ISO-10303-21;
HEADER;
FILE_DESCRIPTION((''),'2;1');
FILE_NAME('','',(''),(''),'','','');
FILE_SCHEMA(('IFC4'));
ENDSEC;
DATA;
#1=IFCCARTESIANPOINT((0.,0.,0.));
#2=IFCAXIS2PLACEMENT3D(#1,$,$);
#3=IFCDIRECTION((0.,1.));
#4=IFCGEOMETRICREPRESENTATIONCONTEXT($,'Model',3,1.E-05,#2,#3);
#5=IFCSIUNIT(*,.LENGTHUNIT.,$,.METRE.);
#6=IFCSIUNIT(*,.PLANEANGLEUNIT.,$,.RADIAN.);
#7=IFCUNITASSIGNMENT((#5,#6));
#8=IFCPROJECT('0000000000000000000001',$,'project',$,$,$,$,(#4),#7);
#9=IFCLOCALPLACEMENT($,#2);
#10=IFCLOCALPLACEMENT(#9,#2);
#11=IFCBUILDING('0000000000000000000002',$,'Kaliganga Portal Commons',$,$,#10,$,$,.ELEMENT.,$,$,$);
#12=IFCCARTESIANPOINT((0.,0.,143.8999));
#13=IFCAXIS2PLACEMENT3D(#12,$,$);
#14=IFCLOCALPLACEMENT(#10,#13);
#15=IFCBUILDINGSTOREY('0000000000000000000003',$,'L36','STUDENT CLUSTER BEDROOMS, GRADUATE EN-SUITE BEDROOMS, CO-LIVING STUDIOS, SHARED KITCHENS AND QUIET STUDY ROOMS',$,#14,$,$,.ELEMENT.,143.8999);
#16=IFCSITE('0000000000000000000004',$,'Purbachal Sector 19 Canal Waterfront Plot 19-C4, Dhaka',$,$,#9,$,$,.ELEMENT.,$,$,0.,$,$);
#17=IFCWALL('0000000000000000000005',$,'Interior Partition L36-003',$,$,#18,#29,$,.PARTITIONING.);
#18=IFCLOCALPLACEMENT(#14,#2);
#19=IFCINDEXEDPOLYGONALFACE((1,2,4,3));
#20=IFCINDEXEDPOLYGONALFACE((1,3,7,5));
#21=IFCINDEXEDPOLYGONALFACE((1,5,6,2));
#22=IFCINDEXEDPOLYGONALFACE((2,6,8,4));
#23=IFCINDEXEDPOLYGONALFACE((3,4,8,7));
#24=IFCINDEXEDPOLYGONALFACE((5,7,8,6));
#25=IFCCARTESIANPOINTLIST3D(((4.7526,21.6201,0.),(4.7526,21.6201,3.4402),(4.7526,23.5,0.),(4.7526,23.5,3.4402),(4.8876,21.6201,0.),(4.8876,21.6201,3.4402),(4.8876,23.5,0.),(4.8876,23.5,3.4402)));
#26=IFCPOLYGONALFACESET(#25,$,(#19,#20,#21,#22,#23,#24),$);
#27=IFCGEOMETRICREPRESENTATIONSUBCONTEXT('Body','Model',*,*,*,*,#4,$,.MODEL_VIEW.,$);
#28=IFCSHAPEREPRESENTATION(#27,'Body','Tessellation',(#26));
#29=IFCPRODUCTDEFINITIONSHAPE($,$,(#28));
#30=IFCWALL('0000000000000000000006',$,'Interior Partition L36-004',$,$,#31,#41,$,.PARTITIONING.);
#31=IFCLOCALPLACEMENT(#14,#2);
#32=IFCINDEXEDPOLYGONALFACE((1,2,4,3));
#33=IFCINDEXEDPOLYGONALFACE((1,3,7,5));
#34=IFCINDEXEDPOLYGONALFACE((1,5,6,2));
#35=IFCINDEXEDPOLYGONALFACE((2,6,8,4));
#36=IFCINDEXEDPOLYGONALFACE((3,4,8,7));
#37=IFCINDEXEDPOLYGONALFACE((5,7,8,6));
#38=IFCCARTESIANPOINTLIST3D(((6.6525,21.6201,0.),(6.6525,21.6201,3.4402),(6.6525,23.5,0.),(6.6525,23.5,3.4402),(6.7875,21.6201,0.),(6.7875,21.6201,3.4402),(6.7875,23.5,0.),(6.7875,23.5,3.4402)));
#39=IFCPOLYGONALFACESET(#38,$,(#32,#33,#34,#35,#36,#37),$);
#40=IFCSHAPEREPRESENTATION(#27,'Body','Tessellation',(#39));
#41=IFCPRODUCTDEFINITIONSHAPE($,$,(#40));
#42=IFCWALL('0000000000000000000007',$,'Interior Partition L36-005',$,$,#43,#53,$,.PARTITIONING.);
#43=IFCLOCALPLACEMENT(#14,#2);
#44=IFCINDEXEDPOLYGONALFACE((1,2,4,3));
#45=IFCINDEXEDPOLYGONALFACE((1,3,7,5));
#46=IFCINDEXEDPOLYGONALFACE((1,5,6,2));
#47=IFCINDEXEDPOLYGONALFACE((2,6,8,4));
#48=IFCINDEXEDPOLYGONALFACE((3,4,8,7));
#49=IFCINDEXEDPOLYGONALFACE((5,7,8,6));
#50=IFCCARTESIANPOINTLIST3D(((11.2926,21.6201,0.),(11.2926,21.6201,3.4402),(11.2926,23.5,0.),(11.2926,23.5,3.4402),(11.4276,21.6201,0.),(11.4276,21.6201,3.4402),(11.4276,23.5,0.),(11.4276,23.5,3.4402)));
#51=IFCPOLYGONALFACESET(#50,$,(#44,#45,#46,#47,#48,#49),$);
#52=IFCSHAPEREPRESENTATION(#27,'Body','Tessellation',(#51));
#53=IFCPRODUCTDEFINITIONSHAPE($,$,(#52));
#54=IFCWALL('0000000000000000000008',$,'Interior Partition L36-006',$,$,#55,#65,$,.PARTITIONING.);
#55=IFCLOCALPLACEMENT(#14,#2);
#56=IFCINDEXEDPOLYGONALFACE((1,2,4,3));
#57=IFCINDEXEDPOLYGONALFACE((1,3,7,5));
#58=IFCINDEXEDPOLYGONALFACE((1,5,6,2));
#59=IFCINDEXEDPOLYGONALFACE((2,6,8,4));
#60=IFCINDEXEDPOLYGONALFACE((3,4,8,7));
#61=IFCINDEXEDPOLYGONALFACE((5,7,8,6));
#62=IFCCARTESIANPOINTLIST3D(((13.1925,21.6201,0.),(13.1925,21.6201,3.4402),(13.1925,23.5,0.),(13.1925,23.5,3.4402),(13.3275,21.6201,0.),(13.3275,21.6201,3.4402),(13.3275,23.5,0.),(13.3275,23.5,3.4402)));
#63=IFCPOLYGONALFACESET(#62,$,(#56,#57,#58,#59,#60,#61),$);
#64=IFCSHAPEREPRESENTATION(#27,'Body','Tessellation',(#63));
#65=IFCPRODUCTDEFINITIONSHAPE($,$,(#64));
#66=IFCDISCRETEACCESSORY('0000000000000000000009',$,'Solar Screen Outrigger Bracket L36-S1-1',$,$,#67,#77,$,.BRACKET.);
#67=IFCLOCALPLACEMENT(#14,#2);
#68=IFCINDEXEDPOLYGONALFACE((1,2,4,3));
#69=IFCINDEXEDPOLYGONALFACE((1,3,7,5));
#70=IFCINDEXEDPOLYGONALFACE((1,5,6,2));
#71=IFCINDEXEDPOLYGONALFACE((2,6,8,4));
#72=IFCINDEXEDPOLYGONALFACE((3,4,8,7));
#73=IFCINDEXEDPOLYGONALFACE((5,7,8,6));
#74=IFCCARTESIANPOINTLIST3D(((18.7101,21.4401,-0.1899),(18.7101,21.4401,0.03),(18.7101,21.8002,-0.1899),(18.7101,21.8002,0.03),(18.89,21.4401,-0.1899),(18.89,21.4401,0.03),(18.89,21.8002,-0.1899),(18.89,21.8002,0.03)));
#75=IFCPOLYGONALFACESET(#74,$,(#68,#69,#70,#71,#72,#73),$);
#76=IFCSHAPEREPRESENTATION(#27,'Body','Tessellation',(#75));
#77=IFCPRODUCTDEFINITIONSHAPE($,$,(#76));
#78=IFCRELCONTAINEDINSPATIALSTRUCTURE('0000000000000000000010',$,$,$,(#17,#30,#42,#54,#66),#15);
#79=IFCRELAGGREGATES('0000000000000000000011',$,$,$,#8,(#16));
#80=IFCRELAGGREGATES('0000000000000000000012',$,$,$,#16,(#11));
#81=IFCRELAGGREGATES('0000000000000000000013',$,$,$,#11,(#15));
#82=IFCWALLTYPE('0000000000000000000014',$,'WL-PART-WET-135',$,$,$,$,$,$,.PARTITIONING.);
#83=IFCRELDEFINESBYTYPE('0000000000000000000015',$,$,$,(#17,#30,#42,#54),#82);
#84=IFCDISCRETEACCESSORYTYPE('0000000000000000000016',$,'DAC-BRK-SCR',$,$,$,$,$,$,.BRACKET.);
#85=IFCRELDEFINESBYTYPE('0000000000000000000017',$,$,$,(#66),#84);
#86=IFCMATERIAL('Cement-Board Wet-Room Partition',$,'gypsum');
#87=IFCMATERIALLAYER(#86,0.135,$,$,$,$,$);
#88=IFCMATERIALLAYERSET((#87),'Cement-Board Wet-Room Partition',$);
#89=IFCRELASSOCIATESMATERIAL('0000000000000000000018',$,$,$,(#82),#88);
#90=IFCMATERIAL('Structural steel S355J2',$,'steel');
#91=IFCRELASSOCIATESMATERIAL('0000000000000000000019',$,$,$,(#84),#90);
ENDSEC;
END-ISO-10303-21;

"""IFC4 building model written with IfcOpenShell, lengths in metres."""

from ifc_helpers import new_model, si_unit, direction, frame, frame_2d, origin, origin_2d, place, context, subcontext, project, spatial, rectangle, extrude, source, transform, mapped, material, layer, layer_set, type_object, element, save


model = new_model("IFC4")

# Units and contexts
model_context = context("Model", 3, precision=1e-05, world=origin(), true_north=direction((0.0, 1.0)))
body_context = subcontext(model_context, "Body", "Model", "MODEL_VIEW")
ifc_project = project(units=[si_unit("LENGTHUNIT", "METRE"), si_unit("PLANEANGLEUNIT", "RADIAN")], contexts=[model_context])

# Site, building, storey
site_placement = place(None, origin())
site = spatial("IfcSite", under=ifc_project, at=site_placement, Name="Purbachal Sector 19 Canal Waterfront Plot 19-C4, Dhaka", CompositionType="ELEMENT", RefElevation=0.0)
building_placement = place(site_placement, origin())
building = spatial("IfcBuilding", under=site, at=building_placement, Name="Kaliganga Portal Commons", CompositionType="ELEMENT")
storey_placement = place(building_placement, frame((0.0, 0.0, 143.8999)))
storey = spatial("IfcBuildingStorey", under=building, at=storey_placement, Name="L36", Description="STUDENT CLUSTER BEDROOMS, GRADUATE EN-SUITE BEDROOMS, CO-LIVING STUDIOS, SHARED KITCHENS AND QUIET STUDY ROOMS", CompositionType="ELEMENT", Elevation=143.8999)

# Shared definitions
ifc_material_1 = material(Name="Cement-Board Wet-Room Partition", Category="gypsum")
ifc_layer_1 = layer(ifc_material_1, 0.135)
ifc_layer_set_1 = layer_set([ifc_layer_1], Name="Cement-Board Wet-Room Partition")
wall_type_1 = type_object("IfcWallType", Name="WL-PART-WET-135", PredefinedType="PARTITIONING", material=ifc_layer_set_1)

# Walls
for number, where, z_axis, x_axis, name in (
    (1, (4.8201, 21.6201, 0.0), (0.0, 0.0, 1.0), (0.0, 1.0, 0.0), "Interior Partition L36-003"),
    (2, (6.72, 21.6201, 0.0), (0.0, 0.0, 1.0), (0.0, 1.0, 0.0), "Interior Partition L36-004"),
    (3, (11.3601, 21.6201, 0.0), (0.0, 0.0, 1.0), (0.0, 1.0, 0.0), "Interior Partition L36-005"),
    (4, (13.26, 21.6201, 0.0), (0.0, 0.0, 1.0), (0.0, 1.0, 0.0), "Interior Partition L36-006"),
):
    element("IfcWall", number, at=place(storey_placement, frame(where, z_axis=z_axis, x_axis=x_axis)), inside=storey, type_object=wall_type_1, Name=name, PredefinedType="PARTITIONING", context=body_context, shape_type="SweptSolid", body=[
        extrude(rectangle(XDim=1.8799, YDim=0.135, at=frame_2d((0.9399, 0.0))), origin(), (0.0, 0.0, 1.0), 3.4402),
    ])

# Discrete accessory
ifc_material_2 = material(Name="Structural steel S355J2", Category="steel")
discrete_accessory_type = type_object("IfcDiscreteAccessoryType", Name="DAC-BRK-SCR", PredefinedType="BRACKET", material=ifc_material_2)
shared_shape_1 = source(origin(), body_context, "Body", "SweptSolid", [
    extrude(rectangle(XDim=0.1799, YDim=0.3601, at=origin_2d()), origin(), (0.0, 0.0, 1.0), 0.22),
])
discrete_accessory_placement = place(storey_placement, frame((18.8, 21.6201, -0.1899), z_axis=(0.0, 0.0, 1.0), x_axis=(1.0, 0.0, 0.0)))
element("IfcDiscreteAccessory", 5, at=discrete_accessory_placement, inside=storey, type_object=discrete_accessory_type, Name="Solar Screen Outrigger Bracket L36-S1-1", PredefinedType="BRACKET", context=body_context, shape_type="MappedRepresentation", body=[
    mapped(shared_shape_1, transform((0.0, 0.0, 0.0), x_axis=(1.0, 0.0, 0.0), y_axis=(0.0, 1.0, 0.0), z_axis=(0.0, 0.0, 1.0), scale=1.0)),
])

save(model, "model.ifc")
